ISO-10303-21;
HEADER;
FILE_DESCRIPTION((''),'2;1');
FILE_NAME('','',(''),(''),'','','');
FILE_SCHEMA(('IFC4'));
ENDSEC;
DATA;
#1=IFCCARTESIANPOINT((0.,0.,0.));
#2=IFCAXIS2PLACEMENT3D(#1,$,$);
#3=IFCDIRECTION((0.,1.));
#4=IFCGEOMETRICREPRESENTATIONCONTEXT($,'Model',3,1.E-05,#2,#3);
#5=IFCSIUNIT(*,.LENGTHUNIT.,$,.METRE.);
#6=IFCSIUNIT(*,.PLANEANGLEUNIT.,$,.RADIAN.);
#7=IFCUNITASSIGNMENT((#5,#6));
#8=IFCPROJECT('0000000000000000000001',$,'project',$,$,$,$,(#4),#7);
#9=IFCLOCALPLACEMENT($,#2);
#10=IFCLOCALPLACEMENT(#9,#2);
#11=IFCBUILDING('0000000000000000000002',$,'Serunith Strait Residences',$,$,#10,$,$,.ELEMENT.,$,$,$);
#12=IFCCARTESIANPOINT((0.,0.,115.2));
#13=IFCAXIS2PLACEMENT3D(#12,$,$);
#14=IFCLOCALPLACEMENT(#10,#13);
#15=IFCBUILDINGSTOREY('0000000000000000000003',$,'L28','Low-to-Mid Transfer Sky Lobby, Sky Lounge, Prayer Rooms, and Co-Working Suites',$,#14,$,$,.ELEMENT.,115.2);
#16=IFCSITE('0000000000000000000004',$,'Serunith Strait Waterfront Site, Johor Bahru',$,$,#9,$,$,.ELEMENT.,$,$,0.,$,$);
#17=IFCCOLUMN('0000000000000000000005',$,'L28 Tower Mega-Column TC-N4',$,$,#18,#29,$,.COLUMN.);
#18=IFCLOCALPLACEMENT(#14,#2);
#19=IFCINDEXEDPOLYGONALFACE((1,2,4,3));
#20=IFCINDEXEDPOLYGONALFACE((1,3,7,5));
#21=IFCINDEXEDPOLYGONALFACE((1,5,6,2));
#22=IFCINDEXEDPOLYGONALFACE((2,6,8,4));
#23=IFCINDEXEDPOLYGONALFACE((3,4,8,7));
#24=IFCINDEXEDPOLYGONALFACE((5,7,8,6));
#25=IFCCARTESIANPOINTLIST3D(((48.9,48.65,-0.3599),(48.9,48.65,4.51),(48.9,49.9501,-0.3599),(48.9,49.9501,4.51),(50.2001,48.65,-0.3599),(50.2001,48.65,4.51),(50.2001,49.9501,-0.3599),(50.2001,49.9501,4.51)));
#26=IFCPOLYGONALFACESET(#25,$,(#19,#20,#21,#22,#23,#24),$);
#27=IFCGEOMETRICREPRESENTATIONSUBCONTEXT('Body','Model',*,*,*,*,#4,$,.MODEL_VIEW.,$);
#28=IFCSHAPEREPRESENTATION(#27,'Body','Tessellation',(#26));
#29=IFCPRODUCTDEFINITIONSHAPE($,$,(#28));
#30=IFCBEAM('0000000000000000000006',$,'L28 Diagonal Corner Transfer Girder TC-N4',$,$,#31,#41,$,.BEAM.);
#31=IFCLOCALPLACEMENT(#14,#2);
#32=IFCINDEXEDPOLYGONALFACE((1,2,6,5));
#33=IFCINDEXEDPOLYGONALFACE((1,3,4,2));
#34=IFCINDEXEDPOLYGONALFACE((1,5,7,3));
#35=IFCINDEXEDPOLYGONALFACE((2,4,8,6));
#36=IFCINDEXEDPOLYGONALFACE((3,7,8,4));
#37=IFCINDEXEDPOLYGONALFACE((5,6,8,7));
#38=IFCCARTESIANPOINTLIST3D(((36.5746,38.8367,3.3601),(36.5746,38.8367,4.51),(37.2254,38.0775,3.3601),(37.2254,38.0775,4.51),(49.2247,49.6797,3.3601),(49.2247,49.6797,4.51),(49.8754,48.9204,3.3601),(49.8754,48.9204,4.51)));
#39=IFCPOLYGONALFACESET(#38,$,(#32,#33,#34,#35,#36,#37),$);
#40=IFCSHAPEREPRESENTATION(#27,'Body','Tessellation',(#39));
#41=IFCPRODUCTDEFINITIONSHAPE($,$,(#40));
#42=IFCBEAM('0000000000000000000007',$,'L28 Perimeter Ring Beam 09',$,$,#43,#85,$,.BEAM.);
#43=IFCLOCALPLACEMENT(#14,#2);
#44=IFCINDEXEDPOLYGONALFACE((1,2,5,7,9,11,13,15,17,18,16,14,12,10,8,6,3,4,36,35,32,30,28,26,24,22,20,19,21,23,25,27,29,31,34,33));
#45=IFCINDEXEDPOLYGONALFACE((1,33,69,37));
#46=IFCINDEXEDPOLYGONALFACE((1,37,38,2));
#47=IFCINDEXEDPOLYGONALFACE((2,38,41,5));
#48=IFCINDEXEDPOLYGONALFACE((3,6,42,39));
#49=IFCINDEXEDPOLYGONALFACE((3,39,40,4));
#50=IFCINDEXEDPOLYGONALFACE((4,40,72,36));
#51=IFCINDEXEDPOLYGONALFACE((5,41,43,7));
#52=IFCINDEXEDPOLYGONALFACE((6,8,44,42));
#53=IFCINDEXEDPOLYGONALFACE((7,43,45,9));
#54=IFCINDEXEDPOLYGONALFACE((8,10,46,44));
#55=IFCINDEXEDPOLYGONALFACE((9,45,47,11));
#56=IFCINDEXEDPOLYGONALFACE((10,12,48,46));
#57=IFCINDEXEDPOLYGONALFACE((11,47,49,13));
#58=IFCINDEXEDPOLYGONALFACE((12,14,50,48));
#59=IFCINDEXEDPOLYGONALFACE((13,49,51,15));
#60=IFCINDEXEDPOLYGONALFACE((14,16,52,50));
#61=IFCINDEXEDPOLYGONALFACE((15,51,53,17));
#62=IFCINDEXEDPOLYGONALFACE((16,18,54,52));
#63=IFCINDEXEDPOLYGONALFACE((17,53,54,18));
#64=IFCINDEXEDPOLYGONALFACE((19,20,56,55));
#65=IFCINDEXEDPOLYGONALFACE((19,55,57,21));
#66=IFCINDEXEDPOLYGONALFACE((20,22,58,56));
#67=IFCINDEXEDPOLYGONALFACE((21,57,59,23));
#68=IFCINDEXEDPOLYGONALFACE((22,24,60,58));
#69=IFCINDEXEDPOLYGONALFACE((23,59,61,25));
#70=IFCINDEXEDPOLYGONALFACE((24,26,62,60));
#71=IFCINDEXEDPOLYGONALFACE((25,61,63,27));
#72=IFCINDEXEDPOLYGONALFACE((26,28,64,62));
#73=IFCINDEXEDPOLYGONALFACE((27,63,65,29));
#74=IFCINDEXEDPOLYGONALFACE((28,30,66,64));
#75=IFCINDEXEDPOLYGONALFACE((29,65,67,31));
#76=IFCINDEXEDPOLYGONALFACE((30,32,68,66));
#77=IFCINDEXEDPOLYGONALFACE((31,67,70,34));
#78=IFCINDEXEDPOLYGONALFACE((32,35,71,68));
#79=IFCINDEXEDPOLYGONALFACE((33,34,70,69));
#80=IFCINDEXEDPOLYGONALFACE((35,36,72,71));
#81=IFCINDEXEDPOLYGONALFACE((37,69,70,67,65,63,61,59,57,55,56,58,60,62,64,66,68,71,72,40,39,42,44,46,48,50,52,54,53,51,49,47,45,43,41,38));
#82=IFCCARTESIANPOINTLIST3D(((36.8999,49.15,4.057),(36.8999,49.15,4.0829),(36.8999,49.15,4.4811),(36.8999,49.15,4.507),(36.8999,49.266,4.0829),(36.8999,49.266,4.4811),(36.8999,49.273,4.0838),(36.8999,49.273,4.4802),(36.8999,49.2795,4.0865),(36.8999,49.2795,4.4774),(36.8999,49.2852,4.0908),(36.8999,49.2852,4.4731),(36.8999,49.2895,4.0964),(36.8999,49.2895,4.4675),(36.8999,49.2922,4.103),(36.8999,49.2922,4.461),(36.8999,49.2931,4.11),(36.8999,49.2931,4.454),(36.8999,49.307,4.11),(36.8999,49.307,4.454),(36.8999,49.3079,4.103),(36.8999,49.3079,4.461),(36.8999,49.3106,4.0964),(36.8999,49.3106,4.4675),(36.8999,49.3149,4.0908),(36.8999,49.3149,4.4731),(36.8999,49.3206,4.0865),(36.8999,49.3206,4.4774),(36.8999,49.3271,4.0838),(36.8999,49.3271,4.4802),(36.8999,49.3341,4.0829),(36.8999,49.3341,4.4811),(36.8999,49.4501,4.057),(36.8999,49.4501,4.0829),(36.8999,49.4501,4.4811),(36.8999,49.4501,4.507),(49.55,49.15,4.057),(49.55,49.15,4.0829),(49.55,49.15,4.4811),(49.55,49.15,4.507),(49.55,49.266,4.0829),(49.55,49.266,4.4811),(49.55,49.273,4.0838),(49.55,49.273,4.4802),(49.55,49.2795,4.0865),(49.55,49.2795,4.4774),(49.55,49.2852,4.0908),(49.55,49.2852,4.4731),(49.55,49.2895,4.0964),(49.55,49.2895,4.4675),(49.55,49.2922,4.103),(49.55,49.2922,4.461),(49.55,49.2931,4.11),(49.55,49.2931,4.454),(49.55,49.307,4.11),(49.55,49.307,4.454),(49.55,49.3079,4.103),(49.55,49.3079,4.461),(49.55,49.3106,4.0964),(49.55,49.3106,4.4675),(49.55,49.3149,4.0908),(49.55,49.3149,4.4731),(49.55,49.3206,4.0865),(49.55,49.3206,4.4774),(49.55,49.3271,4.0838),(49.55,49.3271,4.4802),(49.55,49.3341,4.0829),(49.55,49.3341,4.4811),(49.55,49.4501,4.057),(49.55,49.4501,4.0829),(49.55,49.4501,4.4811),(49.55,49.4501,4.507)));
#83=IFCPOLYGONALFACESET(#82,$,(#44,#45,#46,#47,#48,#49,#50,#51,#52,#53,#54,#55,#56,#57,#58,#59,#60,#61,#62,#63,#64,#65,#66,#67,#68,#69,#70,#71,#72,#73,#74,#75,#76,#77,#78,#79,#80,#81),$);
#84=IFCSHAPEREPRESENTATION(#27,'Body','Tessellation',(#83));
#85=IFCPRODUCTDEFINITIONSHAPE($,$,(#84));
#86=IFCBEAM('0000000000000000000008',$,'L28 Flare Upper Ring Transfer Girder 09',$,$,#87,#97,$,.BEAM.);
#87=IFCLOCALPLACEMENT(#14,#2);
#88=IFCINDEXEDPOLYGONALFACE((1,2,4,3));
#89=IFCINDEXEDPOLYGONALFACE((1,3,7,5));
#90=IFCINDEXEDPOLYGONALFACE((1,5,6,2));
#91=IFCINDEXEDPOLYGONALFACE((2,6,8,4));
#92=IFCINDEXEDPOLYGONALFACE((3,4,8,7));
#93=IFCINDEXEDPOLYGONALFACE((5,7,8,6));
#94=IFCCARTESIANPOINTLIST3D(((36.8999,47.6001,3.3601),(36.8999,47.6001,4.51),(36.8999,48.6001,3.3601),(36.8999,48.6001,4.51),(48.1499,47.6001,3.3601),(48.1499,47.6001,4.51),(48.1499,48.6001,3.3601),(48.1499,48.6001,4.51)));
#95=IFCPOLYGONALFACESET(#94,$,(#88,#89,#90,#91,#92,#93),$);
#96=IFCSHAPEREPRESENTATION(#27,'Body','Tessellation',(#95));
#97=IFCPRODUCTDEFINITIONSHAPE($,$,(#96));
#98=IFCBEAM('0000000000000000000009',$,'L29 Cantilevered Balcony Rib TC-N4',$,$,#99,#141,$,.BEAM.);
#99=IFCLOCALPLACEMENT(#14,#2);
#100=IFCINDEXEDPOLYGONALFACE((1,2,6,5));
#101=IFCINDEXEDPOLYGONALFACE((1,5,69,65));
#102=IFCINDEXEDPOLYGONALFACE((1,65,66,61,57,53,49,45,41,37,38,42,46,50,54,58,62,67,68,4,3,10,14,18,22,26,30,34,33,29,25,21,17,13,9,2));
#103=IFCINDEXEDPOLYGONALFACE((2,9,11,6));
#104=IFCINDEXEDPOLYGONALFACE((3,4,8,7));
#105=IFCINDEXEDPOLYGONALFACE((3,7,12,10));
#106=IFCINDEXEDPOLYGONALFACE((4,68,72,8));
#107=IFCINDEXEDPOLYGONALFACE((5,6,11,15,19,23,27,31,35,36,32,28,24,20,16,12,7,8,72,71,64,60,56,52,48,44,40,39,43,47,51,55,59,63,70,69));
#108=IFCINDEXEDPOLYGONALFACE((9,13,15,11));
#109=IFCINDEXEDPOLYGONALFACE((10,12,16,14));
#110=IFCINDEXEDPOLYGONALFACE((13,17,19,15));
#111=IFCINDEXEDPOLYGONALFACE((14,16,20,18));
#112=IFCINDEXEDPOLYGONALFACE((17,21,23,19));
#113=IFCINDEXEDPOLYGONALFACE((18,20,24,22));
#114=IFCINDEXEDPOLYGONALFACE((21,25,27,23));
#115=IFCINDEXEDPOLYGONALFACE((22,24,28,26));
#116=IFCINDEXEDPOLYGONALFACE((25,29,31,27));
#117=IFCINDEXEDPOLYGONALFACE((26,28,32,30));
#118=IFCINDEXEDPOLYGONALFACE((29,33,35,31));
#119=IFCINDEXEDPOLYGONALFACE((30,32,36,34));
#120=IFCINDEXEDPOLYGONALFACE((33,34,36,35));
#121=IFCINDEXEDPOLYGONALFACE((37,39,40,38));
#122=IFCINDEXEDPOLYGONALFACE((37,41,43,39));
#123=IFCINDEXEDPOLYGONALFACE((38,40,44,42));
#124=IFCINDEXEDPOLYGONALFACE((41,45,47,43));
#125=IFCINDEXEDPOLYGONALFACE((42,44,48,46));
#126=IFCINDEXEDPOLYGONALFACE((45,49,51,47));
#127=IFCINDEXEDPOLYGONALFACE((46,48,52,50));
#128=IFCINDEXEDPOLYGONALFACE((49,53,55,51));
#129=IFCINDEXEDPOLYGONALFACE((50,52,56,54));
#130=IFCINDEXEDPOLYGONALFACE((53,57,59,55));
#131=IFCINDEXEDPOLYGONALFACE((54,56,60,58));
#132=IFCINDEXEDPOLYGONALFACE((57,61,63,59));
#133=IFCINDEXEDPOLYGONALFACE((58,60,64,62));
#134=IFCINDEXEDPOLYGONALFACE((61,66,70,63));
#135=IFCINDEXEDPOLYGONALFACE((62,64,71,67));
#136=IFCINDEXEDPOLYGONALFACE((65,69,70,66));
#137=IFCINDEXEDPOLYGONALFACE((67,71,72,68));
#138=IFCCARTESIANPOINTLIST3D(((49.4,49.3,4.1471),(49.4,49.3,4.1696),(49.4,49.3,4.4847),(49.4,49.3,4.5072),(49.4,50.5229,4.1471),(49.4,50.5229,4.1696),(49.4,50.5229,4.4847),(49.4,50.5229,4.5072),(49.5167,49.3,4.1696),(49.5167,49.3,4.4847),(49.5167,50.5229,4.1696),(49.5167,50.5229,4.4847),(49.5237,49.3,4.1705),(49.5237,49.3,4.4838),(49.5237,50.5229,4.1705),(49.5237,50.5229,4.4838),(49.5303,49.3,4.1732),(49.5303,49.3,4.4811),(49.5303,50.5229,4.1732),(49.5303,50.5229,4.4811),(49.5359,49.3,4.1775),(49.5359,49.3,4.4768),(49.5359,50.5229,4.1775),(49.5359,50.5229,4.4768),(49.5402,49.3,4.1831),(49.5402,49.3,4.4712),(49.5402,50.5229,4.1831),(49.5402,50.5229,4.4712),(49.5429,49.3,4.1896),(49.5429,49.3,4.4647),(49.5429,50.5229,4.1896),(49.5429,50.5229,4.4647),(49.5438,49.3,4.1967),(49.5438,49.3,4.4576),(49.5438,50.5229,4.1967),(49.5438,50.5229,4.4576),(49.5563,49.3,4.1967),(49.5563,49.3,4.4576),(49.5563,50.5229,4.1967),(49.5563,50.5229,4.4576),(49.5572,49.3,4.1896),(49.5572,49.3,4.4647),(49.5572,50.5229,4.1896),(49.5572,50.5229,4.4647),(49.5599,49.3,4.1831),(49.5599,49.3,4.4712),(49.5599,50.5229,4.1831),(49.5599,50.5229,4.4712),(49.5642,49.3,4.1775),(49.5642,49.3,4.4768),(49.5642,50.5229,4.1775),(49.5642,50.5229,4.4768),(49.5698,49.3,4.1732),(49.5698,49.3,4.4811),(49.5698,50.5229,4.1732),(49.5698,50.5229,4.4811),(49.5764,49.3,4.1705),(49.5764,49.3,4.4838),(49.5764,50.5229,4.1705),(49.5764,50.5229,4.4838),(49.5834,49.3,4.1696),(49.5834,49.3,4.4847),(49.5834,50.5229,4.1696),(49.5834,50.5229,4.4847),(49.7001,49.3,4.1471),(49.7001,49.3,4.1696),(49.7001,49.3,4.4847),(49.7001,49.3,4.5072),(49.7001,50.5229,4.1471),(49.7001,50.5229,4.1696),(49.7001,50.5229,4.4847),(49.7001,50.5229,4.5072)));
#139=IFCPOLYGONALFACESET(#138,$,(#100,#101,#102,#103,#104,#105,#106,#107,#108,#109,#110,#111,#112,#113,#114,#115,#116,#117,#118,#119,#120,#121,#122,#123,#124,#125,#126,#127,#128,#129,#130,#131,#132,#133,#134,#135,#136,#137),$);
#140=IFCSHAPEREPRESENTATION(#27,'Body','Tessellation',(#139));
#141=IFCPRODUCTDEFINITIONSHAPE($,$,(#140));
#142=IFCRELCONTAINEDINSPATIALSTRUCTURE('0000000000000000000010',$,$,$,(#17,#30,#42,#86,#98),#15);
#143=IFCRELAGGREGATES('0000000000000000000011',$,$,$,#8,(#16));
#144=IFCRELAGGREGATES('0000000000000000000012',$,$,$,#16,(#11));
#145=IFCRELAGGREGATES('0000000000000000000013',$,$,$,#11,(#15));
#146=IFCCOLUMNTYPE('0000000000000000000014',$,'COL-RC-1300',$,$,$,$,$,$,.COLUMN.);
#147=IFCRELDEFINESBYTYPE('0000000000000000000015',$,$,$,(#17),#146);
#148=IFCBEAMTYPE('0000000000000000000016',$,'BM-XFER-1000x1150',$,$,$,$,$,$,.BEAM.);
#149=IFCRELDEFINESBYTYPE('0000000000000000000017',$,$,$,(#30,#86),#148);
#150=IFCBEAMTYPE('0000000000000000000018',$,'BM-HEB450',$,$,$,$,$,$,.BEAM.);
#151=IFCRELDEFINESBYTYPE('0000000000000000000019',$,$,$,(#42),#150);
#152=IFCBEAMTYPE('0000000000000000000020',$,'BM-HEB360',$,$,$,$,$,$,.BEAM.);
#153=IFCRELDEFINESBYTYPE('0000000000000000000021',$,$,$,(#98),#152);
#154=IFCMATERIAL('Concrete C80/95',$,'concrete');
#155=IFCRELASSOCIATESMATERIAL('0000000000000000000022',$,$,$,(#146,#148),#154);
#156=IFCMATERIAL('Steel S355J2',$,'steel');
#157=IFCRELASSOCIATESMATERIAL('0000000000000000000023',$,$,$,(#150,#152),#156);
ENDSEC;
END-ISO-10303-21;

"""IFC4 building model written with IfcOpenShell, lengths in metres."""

from ifc_helpers import new_model, si_unit, direction, frame, origin, origin_2d, place, context, subcontext, project, spatial, rectangle, i_section, extrude, source, transform, mapped, material, material_profile, profile_set, type_object, element, save


model = new_model("IFC4")

# Units and contexts
model_context = context("Model", 3, precision=1e-05, world=origin(), true_north=direction((0.0, 1.0)))
body_context = subcontext(model_context, "Body", "Model", "MODEL_VIEW")
ifc_project = project(units=[si_unit("LENGTHUNIT", "METRE"), si_unit("PLANEANGLEUNIT", "RADIAN")], contexts=[model_context])

# Site, building, storey
site_placement = place(None, origin())
site = spatial("IfcSite", under=ifc_project, at=site_placement, Name="Serunith Strait Waterfront Site, Johor Bahru", CompositionType="ELEMENT", RefElevation=0.0)
building_placement = place(site_placement, origin())
building = spatial("IfcBuilding", under=site, at=building_placement, Name="Serunith Strait Residences", CompositionType="ELEMENT")
storey_placement = place(building_placement, frame((0.0, 0.0, 115.2)))
storey = spatial("IfcBuildingStorey", under=building, at=storey_placement, Name="L28", Description="Low-to-Mid Transfer Sky Lobby, Sky Lounge, Prayer Rooms, and Co-Working Suites", CompositionType="ELEMENT", Elevation=115.2)

# Column
ifc_material_1 = material(Name="Concrete C80/95", Category="concrete")
ifc_material_profile_1 = material_profile(ifc_material_1, rectangle(XDim=1.3, YDim=1.3, at=origin_2d()), Name="RC 1300x1300")
ifc_profile_set_1 = profile_set([ifc_material_profile_1], Name="Concrete C80/95")
column_type = type_object("IfcColumnType", Name="COL-RC-1300", PredefinedType="COLUMN", material=ifc_profile_set_1)
shared_shape_1 = source(origin(), body_context, "Body", "SweptSolid", [
    extrude(rectangle(XDim=1.3, YDim=1.3, at=origin_2d()), origin(), (0.0, 0.0, 1.0), 4.8699),
])
column_placement = place(storey_placement, frame((49.55, 49.3, -0.3599), z_axis=(0.0, 0.0, 1.0), x_axis=(1.0, 0.0, 0.0)))
element("IfcColumn", 1, at=column_placement, inside=storey, type_object=column_type, Name="L28 Tower Mega-Column TC-N4", PredefinedType="COLUMN", context=body_context, shape_type="MappedRepresentation", body=[
    mapped(shared_shape_1, transform((0.0, 0.0, 0.0), scale=1.0)),
])

# Beams
ifc_material_profile_2 = material_profile(ifc_material_1, rectangle(XDim=1.0, YDim=1.1499, at=origin_2d()), Name="RC 1000x1150")
ifc_profile_set_2 = profile_set([ifc_material_profile_2], Name="Concrete C80/95")
beam_type_1 = type_object("IfcBeamType", Name="BM-XFER-1000x1150", PredefinedType="BEAM", material=ifc_profile_set_2)
shared_shape_2 = source(origin(), body_context, "Body", "SweptSolid", [
    extrude(rectangle(XDim=1.0, YDim=1.1499, at=origin_2d()), origin(), (0.0, 0.0, 1.0), 16.6611),
])
beam_1_placement = place(storey_placement, frame((49.55, 49.3, 3.9351), z_axis=(-0.759256, -0.650793, 0.0), x_axis=(0.650793, -0.759256, 0.0)))
element("IfcBeam", 2, at=beam_1_placement, inside=storey, type_object=beam_type_1, Name="L28 Diagonal Corner Transfer Girder TC-N4", PredefinedType="BEAM", context=body_context, shape_type="MappedRepresentation", body=[
    mapped(shared_shape_2, transform((0.0, 0.0, 0.0), scale=1.0)),
])
ifc_material_2 = material(Name="Steel S355J2", Category="steel")
ifc_material_profile_3 = material_profile(ifc_material_2, i_section(OverallWidth=0.3, OverallDepth=0.45, WebThickness=0.0139, FlangeThickness=0.0259, FilletRadius=0.0271, at=origin_2d()), Name="HEB 450")
ifc_profile_set_3 = profile_set([ifc_material_profile_3], Name="Steel S355J2")
beam_type_2 = type_object("IfcBeamType", Name="BM-HEB450", PredefinedType="BEAM", material=ifc_profile_set_3)
shared_shape_3 = source(origin(), body_context, "Body", "SweptSolid", [
    extrude(i_section(OverallWidth=0.3, OverallDepth=0.45, WebThickness=0.0139, FlangeThickness=0.0259, FilletRadius=0.0271, at=origin_2d()), origin(), (0.0, 0.0, 1.0), 12.6501),
])
beam_2_placement = place(storey_placement, frame((49.55, 49.3, 4.282), z_axis=(-1.0, 0.0, 0.0), x_axis=(0.0, -1.0, 0.0)))
element("IfcBeam", 3, at=beam_2_placement, inside=storey, type_object=beam_type_2, Name="L28 Perimeter Ring Beam 09", PredefinedType="BEAM", context=body_context, shape_type="MappedRepresentation", body=[
    mapped(shared_shape_3, transform((0.0, 0.0, 0.0), scale=1.0)),
])
shared_shape_4 = source(origin(), body_context, "Body", "SweptSolid", [
    extrude(rectangle(XDim=1.0, YDim=1.1499, at=origin_2d()), origin(), (0.0, 0.0, 1.0), 11.25),
])
beam_3_placement = place(storey_placement, frame((48.1499, 48.1001, 3.9351), z_axis=(-1.0, 0.0, 0.0), x_axis=(0.0, -1.0, 0.0)))
element("IfcBeam", 4, at=beam_3_placement, inside=storey, type_object=beam_type_1, Name="L28 Flare Upper Ring Transfer Girder 09", PredefinedType="BEAM", context=body_context, shape_type="MappedRepresentation", body=[
    mapped(shared_shape_4, transform((0.0, 0.0, 0.0), scale=1.0)),
])
ifc_material_profile_4 = material_profile(ifc_material_2, i_section(OverallWidth=0.3, OverallDepth=0.3601, WebThickness=0.0125, FlangeThickness=0.0225, FilletRadius=0.0271, at=origin_2d()), Name="HEB 360")
ifc_profile_set_4 = profile_set([ifc_material_profile_4], Name="Steel S355J2")
beam_type_3 = type_object("IfcBeamType", Name="BM-HEB360", PredefinedType="BEAM", material=ifc_profile_set_4)
shared_shape_5 = source(origin(), body_context, "Body", "SweptSolid", [
    extrude(i_section(OverallWidth=0.3, OverallDepth=0.3601, WebThickness=0.0125, FlangeThickness=0.0225, FilletRadius=0.0271, at=origin_2d()), origin(), (0.0, 0.0, 1.0), 1.2229),
])
beam_4_placement = place(storey_placement, frame((49.55, 49.3, 4.3271), z_axis=(0.0, 1.0, 0.0), x_axis=(-1.0, 0.0, 0.0)))
element("IfcBeam", 5, at=beam_4_placement, inside=storey, type_object=beam_type_3, Name="L29 Cantilevered Balcony Rib TC-N4", PredefinedType="BEAM", context=body_context, shape_type="MappedRepresentation", body=[
    mapped(shared_shape_5, transform((0.0, 0.0, 0.0), scale=1.0)),
])

save(model, "model.ifc")
